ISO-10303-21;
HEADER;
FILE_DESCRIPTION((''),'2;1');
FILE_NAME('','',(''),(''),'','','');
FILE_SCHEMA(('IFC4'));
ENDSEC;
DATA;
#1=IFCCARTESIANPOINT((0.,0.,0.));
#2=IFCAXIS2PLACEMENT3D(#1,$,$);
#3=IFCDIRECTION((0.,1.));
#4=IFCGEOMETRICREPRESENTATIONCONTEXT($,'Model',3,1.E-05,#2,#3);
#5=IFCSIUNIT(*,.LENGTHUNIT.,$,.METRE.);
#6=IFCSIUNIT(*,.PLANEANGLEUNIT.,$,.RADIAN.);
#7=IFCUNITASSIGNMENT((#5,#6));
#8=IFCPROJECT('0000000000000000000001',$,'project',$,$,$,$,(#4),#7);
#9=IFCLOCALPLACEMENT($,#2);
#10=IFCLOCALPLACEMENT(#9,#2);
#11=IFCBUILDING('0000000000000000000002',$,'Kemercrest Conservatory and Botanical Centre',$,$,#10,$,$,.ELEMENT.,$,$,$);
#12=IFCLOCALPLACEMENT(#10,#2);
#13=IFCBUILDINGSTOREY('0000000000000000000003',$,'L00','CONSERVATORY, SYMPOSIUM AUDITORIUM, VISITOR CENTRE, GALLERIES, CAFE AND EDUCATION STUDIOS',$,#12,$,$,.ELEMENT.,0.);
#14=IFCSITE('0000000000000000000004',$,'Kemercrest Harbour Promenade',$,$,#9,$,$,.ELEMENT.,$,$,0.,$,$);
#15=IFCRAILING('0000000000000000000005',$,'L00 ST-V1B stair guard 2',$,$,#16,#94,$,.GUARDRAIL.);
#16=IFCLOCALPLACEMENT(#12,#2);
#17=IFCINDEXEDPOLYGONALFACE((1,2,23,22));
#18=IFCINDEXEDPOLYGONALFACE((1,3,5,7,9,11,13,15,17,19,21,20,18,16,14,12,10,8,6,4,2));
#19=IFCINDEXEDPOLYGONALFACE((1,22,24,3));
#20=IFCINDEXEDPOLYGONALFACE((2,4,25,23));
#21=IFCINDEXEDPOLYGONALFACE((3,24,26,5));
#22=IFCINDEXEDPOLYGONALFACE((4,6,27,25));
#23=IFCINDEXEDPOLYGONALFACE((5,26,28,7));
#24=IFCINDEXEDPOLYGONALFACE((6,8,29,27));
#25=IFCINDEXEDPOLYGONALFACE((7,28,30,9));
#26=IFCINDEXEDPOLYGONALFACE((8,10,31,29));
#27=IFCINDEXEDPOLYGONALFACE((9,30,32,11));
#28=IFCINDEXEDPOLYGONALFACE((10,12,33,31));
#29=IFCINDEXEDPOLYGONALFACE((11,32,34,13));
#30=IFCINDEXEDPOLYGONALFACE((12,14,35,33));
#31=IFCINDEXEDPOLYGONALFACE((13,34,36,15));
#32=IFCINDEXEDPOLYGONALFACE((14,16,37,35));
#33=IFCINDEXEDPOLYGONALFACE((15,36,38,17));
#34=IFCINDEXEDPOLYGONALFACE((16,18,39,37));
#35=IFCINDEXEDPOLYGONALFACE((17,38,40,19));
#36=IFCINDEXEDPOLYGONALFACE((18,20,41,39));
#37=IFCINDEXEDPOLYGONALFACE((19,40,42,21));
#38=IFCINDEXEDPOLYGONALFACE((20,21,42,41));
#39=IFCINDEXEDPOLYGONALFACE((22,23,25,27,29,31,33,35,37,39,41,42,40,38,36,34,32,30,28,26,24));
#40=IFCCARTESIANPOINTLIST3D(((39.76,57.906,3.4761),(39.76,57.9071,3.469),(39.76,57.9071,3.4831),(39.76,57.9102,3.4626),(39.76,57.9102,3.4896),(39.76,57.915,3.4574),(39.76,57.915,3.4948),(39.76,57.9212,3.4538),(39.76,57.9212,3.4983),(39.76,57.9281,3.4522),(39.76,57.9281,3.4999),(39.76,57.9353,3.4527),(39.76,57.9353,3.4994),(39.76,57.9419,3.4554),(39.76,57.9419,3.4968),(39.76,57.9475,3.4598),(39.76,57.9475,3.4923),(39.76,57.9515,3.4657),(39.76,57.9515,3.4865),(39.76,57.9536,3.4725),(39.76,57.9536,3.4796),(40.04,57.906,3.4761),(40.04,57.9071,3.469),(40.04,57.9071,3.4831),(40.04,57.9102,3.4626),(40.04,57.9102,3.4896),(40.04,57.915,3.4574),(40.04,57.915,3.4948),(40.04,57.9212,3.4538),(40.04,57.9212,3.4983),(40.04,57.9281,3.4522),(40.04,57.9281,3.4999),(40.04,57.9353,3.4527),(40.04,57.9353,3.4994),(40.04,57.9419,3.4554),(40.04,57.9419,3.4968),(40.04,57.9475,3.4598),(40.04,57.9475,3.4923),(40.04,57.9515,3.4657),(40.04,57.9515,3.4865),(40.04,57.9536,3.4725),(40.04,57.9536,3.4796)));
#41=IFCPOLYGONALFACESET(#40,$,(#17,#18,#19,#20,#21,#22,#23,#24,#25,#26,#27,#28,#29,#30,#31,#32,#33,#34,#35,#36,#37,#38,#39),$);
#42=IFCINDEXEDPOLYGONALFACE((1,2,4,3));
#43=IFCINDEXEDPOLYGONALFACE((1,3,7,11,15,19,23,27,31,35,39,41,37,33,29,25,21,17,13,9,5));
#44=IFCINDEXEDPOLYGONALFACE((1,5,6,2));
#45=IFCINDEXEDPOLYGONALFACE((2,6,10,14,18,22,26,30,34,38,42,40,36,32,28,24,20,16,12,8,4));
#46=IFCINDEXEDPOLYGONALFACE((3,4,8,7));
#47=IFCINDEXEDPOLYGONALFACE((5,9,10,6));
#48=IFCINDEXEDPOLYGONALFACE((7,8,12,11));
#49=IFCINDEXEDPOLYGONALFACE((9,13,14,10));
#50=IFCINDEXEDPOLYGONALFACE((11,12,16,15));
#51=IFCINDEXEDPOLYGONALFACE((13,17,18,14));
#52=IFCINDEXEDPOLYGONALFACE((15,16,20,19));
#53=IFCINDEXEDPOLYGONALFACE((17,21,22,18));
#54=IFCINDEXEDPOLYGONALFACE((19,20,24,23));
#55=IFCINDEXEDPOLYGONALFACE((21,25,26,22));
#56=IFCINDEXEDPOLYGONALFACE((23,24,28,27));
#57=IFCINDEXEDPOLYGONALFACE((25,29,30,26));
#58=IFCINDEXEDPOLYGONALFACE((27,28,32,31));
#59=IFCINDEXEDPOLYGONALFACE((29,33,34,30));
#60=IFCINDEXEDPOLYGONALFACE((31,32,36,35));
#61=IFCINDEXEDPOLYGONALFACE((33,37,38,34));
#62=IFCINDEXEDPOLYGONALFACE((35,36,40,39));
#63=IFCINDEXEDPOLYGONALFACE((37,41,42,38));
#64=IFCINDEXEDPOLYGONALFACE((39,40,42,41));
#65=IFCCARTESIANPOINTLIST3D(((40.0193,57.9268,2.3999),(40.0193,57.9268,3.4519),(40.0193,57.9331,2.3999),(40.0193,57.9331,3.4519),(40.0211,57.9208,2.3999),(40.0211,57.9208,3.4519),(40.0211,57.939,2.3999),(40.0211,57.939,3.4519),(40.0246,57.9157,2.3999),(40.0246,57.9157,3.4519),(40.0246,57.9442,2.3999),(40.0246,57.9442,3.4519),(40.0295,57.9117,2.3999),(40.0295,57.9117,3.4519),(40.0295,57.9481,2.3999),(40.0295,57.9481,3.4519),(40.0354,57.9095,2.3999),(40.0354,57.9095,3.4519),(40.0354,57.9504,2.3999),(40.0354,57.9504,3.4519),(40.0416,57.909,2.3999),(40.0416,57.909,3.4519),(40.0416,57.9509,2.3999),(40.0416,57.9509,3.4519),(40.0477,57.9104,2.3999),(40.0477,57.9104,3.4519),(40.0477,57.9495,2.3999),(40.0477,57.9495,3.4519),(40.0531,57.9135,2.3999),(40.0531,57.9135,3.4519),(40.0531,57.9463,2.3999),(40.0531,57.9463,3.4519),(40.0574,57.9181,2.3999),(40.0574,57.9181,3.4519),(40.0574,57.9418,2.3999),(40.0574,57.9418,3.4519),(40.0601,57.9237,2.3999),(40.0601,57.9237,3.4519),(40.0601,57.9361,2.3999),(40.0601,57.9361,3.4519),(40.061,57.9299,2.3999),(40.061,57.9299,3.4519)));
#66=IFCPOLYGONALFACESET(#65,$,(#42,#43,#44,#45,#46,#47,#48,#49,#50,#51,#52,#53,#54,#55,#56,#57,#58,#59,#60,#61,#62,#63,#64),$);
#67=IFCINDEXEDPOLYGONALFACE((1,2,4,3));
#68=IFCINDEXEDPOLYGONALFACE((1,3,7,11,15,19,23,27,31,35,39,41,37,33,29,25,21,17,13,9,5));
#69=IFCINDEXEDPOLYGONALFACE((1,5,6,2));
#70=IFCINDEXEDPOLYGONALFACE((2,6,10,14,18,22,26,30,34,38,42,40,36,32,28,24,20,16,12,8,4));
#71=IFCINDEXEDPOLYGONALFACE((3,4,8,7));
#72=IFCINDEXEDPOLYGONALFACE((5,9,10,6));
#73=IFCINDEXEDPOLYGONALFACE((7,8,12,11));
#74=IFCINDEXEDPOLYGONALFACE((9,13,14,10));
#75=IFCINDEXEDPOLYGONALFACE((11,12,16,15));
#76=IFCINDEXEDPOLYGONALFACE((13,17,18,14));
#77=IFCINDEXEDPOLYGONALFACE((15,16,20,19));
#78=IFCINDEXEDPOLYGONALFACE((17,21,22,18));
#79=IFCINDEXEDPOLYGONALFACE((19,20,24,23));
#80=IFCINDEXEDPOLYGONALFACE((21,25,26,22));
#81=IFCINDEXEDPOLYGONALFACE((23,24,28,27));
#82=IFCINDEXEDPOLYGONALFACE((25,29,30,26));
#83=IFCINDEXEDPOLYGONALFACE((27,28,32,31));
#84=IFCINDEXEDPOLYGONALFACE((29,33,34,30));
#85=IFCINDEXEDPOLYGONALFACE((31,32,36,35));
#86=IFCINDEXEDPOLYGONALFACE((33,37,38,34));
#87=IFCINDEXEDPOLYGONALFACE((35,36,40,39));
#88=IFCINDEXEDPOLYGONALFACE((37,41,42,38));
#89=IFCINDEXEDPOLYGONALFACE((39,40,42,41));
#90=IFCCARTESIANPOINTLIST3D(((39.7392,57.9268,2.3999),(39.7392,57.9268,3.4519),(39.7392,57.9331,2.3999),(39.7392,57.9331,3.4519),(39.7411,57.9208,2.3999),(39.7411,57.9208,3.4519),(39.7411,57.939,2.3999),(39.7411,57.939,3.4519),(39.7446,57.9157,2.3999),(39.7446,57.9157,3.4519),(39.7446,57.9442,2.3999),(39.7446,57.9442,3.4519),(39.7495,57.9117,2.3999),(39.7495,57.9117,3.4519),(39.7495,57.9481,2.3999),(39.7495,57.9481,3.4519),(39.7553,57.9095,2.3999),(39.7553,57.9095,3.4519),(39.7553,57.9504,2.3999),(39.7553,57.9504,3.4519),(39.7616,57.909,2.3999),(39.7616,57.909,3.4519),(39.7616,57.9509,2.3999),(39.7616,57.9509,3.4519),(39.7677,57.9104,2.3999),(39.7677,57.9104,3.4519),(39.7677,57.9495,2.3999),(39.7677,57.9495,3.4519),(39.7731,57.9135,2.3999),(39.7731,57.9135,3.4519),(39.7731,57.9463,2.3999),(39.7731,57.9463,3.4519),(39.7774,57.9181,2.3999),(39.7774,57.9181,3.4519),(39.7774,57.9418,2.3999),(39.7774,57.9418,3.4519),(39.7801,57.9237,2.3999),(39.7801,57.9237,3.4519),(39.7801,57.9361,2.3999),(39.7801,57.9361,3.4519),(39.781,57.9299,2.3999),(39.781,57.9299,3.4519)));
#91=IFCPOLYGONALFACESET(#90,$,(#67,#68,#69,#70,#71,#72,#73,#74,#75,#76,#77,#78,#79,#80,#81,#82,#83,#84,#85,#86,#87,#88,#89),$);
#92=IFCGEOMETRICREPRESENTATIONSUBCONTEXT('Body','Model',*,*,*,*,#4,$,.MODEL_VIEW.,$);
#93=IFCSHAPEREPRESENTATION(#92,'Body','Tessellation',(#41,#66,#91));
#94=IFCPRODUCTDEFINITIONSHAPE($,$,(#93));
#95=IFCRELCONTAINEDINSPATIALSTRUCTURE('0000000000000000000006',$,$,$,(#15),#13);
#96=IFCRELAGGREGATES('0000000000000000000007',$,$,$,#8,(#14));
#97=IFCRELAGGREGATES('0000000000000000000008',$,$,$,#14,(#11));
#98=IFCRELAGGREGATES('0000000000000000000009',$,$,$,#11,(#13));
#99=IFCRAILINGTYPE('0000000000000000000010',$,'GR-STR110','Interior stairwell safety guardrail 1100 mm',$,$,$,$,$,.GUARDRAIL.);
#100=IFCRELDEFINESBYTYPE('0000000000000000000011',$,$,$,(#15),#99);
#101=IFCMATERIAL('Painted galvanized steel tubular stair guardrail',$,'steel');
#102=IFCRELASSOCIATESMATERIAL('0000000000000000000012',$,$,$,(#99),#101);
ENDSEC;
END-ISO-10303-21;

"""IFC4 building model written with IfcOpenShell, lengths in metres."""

from ifc_helpers import new_model, si_unit, direction, frame, origin, origin_2d, place, context, subcontext, project, spatial, circle, extrude, material, type_object, element, save


model = new_model("IFC4")

# Units and contexts
model_context = context("Model", 3, precision=1e-05, world=origin(), true_north=direction((0.0, 1.0)))
body_context = subcontext(model_context, "Body", "Model", "MODEL_VIEW")
ifc_project = project(units=[si_unit("LENGTHUNIT", "METRE"), si_unit("PLANEANGLEUNIT", "RADIAN")], contexts=[model_context])

# Site, building, storey
site_placement = place(None, origin())
site = spatial("IfcSite", under=ifc_project, at=site_placement, Name="Kemercrest Harbour Promenade", CompositionType="ELEMENT", RefElevation=0.0)
building_placement = place(site_placement, origin())
building = spatial("IfcBuilding", under=site, at=building_placement, Name="Kemercrest Conservatory and Botanical Centre", CompositionType="ELEMENT")
storey_placement = place(building_placement, origin())
storey = spatial("IfcBuildingStorey", under=building, at=storey_placement, Name="L00", Description="CONSERVATORY, SYMPOSIUM AUDITORIUM, VISITOR CENTRE, GALLERIES, CAFE AND EDUCATION STUDIOS", CompositionType="ELEMENT", Elevation=0.0)

# Railing
ifc_material_1 = material(Name="Painted galvanized steel tubular stair guardrail", Category="steel")
railing_type_1 = type_object("IfcRailingType", Name="GR-STR110", Description="Interior stairwell safety guardrail 1100 mm", PredefinedType="GUARDRAIL", material=ifc_material_1)
railing_1_placement = place(storey_placement, frame((40.04, 57.9299, 2.3999)))
element("IfcRailing", 1, at=railing_1_placement, inside=storey, type_object=railing_type_1, Name="L00 ST-V1B stair guard 2", PredefinedType="GUARDRAIL", context=body_context, shape_type="SweptSolid", body=[
    extrude(circle(Radius=0.0239, at=origin_2d()), frame((0.0, 0.0, 1.0762), z_axis=(-1.0, 0.0, 0.0), x_axis=(0.0, -1.0, 0.0)), (0.0, 0.0, 1.0), 0.28),
    extrude(circle(Radius=0.021, at=origin_2d()), origin(), (0.0, 0.0, 1.0), 1.052),
    extrude(circle(Radius=0.021, at=origin_2d()), frame((-0.28, 0.0, 0.0)), (0.0, 0.0, 1.0), 1.052),
])

save(model, "model.ifc")
